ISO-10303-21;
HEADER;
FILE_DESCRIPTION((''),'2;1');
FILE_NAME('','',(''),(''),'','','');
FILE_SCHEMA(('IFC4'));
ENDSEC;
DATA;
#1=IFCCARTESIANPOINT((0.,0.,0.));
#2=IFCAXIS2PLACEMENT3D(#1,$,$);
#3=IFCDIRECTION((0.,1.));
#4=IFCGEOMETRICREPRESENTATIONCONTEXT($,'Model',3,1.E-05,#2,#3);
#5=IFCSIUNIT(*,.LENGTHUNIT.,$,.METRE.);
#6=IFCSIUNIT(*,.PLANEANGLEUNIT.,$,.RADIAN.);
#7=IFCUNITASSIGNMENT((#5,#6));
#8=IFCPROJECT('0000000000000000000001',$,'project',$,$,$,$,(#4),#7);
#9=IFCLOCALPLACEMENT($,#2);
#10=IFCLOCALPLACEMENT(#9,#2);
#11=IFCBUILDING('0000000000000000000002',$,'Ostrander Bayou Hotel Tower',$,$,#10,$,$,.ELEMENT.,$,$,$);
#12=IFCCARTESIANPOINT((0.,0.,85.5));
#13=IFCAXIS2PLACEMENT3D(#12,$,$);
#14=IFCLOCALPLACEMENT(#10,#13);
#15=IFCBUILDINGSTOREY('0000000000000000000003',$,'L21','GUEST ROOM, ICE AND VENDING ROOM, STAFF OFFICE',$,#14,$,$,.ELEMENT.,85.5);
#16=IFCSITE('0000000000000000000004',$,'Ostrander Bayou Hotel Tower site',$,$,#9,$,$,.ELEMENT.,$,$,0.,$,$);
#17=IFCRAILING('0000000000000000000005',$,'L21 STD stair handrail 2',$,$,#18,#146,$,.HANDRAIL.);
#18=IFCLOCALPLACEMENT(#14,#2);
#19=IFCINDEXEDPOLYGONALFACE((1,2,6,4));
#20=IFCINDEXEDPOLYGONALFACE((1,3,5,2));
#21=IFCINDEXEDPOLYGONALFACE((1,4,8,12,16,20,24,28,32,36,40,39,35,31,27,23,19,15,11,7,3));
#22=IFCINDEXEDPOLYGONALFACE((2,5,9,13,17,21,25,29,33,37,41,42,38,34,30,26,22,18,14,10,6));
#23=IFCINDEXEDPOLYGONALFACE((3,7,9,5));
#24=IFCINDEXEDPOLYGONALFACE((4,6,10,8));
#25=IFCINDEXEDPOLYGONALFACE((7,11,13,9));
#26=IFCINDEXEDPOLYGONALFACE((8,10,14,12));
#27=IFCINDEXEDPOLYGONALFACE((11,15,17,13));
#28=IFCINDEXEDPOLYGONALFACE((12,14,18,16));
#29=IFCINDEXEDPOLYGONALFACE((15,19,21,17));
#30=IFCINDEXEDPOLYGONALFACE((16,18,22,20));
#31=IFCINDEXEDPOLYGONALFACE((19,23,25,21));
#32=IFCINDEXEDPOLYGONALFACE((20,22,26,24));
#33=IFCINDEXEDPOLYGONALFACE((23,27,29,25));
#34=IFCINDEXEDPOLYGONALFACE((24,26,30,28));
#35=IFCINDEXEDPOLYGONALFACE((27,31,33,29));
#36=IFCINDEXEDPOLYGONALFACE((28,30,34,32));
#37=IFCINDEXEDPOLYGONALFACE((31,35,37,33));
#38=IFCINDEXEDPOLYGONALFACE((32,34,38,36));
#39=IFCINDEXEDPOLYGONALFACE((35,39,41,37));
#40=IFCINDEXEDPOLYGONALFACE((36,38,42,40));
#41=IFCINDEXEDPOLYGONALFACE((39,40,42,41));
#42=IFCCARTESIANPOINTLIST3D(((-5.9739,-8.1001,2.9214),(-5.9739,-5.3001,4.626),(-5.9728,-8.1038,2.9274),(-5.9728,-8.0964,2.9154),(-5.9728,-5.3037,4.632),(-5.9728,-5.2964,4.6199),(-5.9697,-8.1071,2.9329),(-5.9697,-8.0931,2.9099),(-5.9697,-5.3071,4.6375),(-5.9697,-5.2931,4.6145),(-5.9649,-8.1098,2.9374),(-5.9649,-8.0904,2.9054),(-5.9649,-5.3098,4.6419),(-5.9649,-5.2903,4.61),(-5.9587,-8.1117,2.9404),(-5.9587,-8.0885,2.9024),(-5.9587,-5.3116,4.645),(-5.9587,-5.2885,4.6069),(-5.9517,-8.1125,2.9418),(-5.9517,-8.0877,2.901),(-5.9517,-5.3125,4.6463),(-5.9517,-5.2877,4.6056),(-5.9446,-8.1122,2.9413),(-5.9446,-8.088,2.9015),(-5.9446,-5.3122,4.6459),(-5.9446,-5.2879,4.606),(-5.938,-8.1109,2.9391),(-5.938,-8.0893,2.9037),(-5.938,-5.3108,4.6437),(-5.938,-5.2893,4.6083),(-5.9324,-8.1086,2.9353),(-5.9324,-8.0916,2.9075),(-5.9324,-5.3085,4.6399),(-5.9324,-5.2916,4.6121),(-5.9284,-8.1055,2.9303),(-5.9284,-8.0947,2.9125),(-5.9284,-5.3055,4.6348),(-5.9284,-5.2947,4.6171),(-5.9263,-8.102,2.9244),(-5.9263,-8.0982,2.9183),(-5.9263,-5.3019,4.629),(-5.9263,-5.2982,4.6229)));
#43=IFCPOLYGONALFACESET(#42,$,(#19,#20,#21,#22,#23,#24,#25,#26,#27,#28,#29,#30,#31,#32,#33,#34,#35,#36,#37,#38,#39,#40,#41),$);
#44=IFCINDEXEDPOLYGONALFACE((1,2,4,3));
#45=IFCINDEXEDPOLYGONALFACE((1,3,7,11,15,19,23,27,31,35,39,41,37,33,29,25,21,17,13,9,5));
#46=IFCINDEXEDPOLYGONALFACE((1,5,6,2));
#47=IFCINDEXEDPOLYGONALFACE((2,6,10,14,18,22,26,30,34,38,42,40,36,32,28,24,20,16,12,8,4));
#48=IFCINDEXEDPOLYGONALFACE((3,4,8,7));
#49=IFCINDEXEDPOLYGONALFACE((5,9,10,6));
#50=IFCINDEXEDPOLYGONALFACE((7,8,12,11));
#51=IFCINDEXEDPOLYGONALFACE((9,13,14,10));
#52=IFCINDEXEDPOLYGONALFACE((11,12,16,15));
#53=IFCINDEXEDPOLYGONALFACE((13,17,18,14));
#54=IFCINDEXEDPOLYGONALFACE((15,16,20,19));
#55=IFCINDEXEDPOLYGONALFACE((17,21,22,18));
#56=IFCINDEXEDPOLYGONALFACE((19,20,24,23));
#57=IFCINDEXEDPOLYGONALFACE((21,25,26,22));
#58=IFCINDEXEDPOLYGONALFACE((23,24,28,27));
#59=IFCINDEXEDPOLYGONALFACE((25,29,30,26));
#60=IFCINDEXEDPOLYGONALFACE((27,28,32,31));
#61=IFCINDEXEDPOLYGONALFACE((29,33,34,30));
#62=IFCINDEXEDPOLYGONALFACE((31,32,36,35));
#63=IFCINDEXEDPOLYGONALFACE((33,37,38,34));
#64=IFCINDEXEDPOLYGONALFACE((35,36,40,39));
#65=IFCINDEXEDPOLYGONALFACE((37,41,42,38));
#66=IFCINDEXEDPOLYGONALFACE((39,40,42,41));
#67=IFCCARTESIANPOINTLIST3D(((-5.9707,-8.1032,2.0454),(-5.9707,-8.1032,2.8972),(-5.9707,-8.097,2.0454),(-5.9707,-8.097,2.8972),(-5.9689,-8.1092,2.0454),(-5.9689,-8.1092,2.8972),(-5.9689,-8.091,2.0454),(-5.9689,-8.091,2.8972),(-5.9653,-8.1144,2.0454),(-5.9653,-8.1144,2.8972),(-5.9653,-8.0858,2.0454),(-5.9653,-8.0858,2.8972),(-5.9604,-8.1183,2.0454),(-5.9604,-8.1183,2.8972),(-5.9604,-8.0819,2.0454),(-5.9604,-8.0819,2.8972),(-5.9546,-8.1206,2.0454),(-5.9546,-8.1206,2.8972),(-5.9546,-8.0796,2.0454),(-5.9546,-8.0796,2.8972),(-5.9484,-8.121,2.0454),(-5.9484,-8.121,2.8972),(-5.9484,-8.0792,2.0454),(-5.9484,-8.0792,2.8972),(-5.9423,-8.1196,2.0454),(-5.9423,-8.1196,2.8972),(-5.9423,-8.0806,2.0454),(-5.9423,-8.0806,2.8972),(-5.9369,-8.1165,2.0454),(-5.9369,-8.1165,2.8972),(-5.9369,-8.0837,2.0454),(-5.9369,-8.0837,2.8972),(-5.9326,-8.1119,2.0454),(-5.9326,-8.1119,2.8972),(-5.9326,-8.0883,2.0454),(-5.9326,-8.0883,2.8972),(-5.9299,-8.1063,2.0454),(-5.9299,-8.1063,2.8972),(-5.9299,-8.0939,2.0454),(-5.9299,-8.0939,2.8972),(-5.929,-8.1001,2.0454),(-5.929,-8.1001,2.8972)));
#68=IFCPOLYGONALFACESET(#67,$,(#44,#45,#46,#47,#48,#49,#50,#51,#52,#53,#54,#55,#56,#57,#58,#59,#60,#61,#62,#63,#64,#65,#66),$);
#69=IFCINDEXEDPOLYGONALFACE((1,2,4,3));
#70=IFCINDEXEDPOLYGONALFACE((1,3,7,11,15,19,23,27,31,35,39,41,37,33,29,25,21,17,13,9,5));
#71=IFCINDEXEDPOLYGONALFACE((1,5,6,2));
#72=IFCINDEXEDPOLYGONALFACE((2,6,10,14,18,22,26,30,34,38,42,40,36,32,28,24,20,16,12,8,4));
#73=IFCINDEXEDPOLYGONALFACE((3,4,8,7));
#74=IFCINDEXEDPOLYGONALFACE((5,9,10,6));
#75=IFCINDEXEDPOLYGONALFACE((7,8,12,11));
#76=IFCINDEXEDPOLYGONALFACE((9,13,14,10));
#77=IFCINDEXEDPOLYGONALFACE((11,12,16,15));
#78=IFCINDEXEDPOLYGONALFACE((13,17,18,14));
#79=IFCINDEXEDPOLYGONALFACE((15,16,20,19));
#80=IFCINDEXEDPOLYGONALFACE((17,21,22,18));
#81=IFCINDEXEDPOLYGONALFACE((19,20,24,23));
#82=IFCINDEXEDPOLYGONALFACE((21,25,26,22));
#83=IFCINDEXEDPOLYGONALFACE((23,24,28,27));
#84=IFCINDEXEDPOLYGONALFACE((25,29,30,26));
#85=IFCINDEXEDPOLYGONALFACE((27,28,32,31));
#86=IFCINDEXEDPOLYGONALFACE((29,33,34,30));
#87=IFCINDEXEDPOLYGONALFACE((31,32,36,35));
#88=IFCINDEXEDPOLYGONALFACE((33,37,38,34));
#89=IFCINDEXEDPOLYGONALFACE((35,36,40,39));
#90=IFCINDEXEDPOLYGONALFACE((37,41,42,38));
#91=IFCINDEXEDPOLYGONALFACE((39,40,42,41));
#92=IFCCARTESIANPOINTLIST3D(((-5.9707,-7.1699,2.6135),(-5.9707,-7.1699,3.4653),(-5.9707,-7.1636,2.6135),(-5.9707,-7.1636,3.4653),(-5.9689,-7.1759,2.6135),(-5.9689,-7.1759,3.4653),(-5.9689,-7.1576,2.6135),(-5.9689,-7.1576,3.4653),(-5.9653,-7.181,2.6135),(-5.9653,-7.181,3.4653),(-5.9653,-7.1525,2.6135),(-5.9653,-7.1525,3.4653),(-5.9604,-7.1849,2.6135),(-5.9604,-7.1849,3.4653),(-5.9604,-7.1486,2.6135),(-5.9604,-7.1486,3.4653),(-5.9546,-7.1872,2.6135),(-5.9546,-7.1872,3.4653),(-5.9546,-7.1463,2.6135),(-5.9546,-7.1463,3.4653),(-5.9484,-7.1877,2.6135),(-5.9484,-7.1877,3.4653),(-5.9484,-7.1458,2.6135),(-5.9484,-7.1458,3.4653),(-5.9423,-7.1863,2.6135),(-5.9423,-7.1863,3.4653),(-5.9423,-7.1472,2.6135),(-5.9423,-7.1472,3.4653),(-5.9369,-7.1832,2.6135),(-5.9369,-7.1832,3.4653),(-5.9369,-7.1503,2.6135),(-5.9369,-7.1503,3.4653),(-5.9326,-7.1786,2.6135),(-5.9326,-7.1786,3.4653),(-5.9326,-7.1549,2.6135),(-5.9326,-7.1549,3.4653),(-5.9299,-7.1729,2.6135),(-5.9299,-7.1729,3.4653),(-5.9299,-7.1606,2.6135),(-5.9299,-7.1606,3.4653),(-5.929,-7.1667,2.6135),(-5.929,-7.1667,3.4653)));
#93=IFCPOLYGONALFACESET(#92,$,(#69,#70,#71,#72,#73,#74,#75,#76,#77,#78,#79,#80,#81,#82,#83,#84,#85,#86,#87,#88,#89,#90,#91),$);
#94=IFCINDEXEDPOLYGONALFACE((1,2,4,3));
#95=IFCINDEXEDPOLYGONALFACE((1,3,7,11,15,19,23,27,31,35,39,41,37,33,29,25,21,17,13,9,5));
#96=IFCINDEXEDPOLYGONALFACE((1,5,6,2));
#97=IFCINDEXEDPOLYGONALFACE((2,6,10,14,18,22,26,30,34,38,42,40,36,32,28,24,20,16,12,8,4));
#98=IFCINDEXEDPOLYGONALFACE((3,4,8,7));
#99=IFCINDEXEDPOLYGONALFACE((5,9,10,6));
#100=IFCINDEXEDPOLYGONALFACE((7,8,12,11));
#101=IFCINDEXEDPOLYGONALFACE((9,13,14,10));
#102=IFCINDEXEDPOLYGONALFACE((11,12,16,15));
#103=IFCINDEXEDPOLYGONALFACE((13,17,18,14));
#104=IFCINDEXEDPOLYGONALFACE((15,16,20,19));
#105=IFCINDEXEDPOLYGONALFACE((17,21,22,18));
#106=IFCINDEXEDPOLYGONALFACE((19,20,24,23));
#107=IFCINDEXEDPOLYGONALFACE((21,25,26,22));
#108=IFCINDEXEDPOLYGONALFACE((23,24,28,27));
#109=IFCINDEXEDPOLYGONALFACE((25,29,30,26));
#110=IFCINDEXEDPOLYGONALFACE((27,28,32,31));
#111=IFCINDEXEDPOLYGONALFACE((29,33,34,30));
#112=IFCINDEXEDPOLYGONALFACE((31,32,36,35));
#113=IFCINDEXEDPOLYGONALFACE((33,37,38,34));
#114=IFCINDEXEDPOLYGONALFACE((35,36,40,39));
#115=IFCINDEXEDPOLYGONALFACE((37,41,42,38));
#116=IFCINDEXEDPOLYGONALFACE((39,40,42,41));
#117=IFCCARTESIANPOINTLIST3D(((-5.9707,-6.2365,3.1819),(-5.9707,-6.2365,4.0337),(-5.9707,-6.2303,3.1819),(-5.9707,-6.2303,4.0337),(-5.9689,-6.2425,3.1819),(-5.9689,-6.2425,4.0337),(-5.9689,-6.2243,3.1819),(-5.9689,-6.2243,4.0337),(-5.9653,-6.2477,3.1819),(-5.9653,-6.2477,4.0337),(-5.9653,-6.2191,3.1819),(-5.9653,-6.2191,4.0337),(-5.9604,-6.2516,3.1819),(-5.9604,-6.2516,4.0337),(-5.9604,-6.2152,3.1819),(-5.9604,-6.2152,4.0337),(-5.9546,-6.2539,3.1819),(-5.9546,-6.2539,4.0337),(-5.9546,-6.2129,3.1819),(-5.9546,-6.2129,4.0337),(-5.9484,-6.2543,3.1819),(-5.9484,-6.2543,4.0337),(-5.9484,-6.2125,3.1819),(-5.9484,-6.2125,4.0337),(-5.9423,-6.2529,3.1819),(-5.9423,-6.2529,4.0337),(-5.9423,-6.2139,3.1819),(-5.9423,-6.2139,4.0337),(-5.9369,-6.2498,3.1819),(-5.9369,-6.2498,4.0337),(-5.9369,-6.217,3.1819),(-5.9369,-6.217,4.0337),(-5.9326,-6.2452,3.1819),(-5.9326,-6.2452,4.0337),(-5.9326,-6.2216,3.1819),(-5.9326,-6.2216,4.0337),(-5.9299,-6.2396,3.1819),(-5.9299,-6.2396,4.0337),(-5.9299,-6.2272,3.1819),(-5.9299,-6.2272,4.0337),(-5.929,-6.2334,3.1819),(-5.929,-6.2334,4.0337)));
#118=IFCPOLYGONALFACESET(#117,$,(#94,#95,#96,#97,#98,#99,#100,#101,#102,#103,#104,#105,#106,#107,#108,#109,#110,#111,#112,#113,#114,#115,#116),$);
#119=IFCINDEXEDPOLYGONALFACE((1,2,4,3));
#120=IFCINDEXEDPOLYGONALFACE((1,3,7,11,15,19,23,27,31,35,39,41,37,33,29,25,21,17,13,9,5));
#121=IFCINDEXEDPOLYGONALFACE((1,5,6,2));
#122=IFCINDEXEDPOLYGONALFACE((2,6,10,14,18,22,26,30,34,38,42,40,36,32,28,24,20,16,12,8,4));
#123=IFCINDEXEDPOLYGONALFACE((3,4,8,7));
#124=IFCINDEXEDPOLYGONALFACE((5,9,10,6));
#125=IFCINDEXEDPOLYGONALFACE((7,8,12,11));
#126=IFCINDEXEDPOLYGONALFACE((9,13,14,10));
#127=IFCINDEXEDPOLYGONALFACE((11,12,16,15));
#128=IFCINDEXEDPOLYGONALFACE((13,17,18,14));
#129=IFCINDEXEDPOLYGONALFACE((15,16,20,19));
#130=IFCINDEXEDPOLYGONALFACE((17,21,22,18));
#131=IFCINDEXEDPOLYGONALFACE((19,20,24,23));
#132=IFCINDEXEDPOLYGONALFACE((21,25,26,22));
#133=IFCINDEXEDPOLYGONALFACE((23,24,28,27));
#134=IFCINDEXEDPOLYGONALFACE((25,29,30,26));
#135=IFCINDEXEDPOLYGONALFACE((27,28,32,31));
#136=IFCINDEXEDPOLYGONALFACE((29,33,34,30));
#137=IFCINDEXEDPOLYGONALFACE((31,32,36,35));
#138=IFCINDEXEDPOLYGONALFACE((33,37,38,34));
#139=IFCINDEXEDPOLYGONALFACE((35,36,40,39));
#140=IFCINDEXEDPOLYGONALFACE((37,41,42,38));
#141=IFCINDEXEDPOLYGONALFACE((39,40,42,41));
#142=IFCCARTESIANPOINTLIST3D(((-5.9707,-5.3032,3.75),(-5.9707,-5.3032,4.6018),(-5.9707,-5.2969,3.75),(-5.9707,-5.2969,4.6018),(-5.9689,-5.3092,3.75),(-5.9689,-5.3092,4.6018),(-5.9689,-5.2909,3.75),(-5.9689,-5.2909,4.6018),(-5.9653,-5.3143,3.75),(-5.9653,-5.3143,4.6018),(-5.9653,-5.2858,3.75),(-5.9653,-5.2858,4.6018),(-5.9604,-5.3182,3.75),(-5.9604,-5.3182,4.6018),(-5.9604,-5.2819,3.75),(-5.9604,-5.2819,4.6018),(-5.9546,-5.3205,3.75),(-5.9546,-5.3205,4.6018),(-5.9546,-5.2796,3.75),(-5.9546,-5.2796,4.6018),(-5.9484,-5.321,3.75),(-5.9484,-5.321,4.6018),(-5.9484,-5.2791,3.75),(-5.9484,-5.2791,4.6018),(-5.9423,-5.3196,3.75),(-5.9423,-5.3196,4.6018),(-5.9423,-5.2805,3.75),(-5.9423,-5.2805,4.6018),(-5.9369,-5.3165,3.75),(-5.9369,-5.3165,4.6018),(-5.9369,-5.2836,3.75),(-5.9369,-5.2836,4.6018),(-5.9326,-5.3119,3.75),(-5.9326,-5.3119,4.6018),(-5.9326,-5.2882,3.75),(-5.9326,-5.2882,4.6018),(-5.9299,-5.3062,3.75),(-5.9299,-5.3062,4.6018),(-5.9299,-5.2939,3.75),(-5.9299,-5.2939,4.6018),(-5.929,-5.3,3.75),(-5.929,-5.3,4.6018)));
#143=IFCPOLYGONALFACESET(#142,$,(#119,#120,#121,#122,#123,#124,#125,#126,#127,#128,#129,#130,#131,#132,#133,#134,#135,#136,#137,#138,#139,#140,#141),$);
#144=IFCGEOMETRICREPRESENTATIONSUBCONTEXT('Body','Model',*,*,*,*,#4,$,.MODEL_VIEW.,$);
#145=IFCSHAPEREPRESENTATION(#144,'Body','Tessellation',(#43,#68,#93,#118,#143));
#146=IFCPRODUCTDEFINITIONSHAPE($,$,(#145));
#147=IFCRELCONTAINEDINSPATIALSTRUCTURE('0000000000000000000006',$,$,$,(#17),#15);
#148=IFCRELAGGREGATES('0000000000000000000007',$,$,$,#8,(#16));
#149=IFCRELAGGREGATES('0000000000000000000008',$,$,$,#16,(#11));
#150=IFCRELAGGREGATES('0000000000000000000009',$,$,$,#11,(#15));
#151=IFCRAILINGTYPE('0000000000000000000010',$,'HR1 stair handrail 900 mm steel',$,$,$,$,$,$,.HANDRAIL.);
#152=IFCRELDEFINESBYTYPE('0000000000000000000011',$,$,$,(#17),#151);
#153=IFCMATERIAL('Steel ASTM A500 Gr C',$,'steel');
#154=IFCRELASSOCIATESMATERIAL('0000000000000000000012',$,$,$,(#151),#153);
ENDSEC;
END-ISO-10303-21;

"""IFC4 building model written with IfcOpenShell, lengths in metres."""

from ifc_helpers import new_model, si_unit, direction, frame, origin, origin_2d, place, context, subcontext, project, spatial, circle, extrude, material, type_object, element, save


model = new_model("IFC4")

# Units and contexts
model_context = context("Model", 3, precision=1e-05, world=origin(), true_north=direction((0.0, 1.0)))
body_context = subcontext(model_context, "Body", "Model", "MODEL_VIEW")
ifc_project = project(units=[si_unit("LENGTHUNIT", "METRE"), si_unit("PLANEANGLEUNIT", "RADIAN")], contexts=[model_context])

# Site, building, storey
site_placement = place(None, origin())
site = spatial("IfcSite", under=ifc_project, at=site_placement, Name="Ostrander Bayou Hotel Tower site", CompositionType="ELEMENT", RefElevation=0.0)
building_placement = place(site_placement, origin())
building = spatial("IfcBuilding", under=site, at=building_placement, Name="Ostrander Bayou Hotel Tower", CompositionType="ELEMENT")
storey_placement = place(building_placement, frame((0.0, 0.0, 85.5)))
storey = spatial("IfcBuildingStorey", under=building, at=storey_placement, Name="L21", Description="GUEST ROOM, ICE AND VENDING ROOM, STAFF OFFICE", CompositionType="ELEMENT", Elevation=85.5)

# Railing
ifc_material_1 = material(Name="Steel ASTM A500 Gr C", Category="steel")
railing_type_1 = type_object("IfcRailingType", Name="HR1 stair handrail 900 mm steel", PredefinedType="HANDRAIL", material=ifc_material_1)
railing_1_placement = place(storey_placement, frame((-5.95, -8.1001, 2.0454)))
element("IfcRailing", 1, at=railing_1_placement, inside=storey, type_object=railing_type_1, Name="L21 STD stair handrail 2", PredefinedType="HANDRAIL", context=body_context, shape_type="SweptSolid", body=[
    extrude(circle(Radius=0.0239, at=origin_2d()), frame((0.0, 0.0, 0.876), z_axis=(0.0, 0.85417, 0.519994), x_axis=(-1.0, 0.0, 0.0)), (0.0, 0.0, 1.0), 3.2781),
    extrude(circle(Radius=0.021, at=origin_2d()), origin(), (0.0, 0.0, 1.0), 0.8518),
    extrude(circle(Radius=0.021, at=origin_2d()), frame((0.0, 0.9333, 0.5681)), (0.0, 0.0, 1.0), 0.8518),
    extrude(circle(Radius=0.021, at=origin_2d()), frame((0.0, 1.8667, 1.1365)), (0.0, 0.0, 1.0), 0.8518),
    extrude(circle(Radius=0.021, at=origin_2d()), frame((0.0, 2.8, 1.7046)), (0.0, 0.0, 1.0), 0.8518),
])

save(model, "model.ifc")
